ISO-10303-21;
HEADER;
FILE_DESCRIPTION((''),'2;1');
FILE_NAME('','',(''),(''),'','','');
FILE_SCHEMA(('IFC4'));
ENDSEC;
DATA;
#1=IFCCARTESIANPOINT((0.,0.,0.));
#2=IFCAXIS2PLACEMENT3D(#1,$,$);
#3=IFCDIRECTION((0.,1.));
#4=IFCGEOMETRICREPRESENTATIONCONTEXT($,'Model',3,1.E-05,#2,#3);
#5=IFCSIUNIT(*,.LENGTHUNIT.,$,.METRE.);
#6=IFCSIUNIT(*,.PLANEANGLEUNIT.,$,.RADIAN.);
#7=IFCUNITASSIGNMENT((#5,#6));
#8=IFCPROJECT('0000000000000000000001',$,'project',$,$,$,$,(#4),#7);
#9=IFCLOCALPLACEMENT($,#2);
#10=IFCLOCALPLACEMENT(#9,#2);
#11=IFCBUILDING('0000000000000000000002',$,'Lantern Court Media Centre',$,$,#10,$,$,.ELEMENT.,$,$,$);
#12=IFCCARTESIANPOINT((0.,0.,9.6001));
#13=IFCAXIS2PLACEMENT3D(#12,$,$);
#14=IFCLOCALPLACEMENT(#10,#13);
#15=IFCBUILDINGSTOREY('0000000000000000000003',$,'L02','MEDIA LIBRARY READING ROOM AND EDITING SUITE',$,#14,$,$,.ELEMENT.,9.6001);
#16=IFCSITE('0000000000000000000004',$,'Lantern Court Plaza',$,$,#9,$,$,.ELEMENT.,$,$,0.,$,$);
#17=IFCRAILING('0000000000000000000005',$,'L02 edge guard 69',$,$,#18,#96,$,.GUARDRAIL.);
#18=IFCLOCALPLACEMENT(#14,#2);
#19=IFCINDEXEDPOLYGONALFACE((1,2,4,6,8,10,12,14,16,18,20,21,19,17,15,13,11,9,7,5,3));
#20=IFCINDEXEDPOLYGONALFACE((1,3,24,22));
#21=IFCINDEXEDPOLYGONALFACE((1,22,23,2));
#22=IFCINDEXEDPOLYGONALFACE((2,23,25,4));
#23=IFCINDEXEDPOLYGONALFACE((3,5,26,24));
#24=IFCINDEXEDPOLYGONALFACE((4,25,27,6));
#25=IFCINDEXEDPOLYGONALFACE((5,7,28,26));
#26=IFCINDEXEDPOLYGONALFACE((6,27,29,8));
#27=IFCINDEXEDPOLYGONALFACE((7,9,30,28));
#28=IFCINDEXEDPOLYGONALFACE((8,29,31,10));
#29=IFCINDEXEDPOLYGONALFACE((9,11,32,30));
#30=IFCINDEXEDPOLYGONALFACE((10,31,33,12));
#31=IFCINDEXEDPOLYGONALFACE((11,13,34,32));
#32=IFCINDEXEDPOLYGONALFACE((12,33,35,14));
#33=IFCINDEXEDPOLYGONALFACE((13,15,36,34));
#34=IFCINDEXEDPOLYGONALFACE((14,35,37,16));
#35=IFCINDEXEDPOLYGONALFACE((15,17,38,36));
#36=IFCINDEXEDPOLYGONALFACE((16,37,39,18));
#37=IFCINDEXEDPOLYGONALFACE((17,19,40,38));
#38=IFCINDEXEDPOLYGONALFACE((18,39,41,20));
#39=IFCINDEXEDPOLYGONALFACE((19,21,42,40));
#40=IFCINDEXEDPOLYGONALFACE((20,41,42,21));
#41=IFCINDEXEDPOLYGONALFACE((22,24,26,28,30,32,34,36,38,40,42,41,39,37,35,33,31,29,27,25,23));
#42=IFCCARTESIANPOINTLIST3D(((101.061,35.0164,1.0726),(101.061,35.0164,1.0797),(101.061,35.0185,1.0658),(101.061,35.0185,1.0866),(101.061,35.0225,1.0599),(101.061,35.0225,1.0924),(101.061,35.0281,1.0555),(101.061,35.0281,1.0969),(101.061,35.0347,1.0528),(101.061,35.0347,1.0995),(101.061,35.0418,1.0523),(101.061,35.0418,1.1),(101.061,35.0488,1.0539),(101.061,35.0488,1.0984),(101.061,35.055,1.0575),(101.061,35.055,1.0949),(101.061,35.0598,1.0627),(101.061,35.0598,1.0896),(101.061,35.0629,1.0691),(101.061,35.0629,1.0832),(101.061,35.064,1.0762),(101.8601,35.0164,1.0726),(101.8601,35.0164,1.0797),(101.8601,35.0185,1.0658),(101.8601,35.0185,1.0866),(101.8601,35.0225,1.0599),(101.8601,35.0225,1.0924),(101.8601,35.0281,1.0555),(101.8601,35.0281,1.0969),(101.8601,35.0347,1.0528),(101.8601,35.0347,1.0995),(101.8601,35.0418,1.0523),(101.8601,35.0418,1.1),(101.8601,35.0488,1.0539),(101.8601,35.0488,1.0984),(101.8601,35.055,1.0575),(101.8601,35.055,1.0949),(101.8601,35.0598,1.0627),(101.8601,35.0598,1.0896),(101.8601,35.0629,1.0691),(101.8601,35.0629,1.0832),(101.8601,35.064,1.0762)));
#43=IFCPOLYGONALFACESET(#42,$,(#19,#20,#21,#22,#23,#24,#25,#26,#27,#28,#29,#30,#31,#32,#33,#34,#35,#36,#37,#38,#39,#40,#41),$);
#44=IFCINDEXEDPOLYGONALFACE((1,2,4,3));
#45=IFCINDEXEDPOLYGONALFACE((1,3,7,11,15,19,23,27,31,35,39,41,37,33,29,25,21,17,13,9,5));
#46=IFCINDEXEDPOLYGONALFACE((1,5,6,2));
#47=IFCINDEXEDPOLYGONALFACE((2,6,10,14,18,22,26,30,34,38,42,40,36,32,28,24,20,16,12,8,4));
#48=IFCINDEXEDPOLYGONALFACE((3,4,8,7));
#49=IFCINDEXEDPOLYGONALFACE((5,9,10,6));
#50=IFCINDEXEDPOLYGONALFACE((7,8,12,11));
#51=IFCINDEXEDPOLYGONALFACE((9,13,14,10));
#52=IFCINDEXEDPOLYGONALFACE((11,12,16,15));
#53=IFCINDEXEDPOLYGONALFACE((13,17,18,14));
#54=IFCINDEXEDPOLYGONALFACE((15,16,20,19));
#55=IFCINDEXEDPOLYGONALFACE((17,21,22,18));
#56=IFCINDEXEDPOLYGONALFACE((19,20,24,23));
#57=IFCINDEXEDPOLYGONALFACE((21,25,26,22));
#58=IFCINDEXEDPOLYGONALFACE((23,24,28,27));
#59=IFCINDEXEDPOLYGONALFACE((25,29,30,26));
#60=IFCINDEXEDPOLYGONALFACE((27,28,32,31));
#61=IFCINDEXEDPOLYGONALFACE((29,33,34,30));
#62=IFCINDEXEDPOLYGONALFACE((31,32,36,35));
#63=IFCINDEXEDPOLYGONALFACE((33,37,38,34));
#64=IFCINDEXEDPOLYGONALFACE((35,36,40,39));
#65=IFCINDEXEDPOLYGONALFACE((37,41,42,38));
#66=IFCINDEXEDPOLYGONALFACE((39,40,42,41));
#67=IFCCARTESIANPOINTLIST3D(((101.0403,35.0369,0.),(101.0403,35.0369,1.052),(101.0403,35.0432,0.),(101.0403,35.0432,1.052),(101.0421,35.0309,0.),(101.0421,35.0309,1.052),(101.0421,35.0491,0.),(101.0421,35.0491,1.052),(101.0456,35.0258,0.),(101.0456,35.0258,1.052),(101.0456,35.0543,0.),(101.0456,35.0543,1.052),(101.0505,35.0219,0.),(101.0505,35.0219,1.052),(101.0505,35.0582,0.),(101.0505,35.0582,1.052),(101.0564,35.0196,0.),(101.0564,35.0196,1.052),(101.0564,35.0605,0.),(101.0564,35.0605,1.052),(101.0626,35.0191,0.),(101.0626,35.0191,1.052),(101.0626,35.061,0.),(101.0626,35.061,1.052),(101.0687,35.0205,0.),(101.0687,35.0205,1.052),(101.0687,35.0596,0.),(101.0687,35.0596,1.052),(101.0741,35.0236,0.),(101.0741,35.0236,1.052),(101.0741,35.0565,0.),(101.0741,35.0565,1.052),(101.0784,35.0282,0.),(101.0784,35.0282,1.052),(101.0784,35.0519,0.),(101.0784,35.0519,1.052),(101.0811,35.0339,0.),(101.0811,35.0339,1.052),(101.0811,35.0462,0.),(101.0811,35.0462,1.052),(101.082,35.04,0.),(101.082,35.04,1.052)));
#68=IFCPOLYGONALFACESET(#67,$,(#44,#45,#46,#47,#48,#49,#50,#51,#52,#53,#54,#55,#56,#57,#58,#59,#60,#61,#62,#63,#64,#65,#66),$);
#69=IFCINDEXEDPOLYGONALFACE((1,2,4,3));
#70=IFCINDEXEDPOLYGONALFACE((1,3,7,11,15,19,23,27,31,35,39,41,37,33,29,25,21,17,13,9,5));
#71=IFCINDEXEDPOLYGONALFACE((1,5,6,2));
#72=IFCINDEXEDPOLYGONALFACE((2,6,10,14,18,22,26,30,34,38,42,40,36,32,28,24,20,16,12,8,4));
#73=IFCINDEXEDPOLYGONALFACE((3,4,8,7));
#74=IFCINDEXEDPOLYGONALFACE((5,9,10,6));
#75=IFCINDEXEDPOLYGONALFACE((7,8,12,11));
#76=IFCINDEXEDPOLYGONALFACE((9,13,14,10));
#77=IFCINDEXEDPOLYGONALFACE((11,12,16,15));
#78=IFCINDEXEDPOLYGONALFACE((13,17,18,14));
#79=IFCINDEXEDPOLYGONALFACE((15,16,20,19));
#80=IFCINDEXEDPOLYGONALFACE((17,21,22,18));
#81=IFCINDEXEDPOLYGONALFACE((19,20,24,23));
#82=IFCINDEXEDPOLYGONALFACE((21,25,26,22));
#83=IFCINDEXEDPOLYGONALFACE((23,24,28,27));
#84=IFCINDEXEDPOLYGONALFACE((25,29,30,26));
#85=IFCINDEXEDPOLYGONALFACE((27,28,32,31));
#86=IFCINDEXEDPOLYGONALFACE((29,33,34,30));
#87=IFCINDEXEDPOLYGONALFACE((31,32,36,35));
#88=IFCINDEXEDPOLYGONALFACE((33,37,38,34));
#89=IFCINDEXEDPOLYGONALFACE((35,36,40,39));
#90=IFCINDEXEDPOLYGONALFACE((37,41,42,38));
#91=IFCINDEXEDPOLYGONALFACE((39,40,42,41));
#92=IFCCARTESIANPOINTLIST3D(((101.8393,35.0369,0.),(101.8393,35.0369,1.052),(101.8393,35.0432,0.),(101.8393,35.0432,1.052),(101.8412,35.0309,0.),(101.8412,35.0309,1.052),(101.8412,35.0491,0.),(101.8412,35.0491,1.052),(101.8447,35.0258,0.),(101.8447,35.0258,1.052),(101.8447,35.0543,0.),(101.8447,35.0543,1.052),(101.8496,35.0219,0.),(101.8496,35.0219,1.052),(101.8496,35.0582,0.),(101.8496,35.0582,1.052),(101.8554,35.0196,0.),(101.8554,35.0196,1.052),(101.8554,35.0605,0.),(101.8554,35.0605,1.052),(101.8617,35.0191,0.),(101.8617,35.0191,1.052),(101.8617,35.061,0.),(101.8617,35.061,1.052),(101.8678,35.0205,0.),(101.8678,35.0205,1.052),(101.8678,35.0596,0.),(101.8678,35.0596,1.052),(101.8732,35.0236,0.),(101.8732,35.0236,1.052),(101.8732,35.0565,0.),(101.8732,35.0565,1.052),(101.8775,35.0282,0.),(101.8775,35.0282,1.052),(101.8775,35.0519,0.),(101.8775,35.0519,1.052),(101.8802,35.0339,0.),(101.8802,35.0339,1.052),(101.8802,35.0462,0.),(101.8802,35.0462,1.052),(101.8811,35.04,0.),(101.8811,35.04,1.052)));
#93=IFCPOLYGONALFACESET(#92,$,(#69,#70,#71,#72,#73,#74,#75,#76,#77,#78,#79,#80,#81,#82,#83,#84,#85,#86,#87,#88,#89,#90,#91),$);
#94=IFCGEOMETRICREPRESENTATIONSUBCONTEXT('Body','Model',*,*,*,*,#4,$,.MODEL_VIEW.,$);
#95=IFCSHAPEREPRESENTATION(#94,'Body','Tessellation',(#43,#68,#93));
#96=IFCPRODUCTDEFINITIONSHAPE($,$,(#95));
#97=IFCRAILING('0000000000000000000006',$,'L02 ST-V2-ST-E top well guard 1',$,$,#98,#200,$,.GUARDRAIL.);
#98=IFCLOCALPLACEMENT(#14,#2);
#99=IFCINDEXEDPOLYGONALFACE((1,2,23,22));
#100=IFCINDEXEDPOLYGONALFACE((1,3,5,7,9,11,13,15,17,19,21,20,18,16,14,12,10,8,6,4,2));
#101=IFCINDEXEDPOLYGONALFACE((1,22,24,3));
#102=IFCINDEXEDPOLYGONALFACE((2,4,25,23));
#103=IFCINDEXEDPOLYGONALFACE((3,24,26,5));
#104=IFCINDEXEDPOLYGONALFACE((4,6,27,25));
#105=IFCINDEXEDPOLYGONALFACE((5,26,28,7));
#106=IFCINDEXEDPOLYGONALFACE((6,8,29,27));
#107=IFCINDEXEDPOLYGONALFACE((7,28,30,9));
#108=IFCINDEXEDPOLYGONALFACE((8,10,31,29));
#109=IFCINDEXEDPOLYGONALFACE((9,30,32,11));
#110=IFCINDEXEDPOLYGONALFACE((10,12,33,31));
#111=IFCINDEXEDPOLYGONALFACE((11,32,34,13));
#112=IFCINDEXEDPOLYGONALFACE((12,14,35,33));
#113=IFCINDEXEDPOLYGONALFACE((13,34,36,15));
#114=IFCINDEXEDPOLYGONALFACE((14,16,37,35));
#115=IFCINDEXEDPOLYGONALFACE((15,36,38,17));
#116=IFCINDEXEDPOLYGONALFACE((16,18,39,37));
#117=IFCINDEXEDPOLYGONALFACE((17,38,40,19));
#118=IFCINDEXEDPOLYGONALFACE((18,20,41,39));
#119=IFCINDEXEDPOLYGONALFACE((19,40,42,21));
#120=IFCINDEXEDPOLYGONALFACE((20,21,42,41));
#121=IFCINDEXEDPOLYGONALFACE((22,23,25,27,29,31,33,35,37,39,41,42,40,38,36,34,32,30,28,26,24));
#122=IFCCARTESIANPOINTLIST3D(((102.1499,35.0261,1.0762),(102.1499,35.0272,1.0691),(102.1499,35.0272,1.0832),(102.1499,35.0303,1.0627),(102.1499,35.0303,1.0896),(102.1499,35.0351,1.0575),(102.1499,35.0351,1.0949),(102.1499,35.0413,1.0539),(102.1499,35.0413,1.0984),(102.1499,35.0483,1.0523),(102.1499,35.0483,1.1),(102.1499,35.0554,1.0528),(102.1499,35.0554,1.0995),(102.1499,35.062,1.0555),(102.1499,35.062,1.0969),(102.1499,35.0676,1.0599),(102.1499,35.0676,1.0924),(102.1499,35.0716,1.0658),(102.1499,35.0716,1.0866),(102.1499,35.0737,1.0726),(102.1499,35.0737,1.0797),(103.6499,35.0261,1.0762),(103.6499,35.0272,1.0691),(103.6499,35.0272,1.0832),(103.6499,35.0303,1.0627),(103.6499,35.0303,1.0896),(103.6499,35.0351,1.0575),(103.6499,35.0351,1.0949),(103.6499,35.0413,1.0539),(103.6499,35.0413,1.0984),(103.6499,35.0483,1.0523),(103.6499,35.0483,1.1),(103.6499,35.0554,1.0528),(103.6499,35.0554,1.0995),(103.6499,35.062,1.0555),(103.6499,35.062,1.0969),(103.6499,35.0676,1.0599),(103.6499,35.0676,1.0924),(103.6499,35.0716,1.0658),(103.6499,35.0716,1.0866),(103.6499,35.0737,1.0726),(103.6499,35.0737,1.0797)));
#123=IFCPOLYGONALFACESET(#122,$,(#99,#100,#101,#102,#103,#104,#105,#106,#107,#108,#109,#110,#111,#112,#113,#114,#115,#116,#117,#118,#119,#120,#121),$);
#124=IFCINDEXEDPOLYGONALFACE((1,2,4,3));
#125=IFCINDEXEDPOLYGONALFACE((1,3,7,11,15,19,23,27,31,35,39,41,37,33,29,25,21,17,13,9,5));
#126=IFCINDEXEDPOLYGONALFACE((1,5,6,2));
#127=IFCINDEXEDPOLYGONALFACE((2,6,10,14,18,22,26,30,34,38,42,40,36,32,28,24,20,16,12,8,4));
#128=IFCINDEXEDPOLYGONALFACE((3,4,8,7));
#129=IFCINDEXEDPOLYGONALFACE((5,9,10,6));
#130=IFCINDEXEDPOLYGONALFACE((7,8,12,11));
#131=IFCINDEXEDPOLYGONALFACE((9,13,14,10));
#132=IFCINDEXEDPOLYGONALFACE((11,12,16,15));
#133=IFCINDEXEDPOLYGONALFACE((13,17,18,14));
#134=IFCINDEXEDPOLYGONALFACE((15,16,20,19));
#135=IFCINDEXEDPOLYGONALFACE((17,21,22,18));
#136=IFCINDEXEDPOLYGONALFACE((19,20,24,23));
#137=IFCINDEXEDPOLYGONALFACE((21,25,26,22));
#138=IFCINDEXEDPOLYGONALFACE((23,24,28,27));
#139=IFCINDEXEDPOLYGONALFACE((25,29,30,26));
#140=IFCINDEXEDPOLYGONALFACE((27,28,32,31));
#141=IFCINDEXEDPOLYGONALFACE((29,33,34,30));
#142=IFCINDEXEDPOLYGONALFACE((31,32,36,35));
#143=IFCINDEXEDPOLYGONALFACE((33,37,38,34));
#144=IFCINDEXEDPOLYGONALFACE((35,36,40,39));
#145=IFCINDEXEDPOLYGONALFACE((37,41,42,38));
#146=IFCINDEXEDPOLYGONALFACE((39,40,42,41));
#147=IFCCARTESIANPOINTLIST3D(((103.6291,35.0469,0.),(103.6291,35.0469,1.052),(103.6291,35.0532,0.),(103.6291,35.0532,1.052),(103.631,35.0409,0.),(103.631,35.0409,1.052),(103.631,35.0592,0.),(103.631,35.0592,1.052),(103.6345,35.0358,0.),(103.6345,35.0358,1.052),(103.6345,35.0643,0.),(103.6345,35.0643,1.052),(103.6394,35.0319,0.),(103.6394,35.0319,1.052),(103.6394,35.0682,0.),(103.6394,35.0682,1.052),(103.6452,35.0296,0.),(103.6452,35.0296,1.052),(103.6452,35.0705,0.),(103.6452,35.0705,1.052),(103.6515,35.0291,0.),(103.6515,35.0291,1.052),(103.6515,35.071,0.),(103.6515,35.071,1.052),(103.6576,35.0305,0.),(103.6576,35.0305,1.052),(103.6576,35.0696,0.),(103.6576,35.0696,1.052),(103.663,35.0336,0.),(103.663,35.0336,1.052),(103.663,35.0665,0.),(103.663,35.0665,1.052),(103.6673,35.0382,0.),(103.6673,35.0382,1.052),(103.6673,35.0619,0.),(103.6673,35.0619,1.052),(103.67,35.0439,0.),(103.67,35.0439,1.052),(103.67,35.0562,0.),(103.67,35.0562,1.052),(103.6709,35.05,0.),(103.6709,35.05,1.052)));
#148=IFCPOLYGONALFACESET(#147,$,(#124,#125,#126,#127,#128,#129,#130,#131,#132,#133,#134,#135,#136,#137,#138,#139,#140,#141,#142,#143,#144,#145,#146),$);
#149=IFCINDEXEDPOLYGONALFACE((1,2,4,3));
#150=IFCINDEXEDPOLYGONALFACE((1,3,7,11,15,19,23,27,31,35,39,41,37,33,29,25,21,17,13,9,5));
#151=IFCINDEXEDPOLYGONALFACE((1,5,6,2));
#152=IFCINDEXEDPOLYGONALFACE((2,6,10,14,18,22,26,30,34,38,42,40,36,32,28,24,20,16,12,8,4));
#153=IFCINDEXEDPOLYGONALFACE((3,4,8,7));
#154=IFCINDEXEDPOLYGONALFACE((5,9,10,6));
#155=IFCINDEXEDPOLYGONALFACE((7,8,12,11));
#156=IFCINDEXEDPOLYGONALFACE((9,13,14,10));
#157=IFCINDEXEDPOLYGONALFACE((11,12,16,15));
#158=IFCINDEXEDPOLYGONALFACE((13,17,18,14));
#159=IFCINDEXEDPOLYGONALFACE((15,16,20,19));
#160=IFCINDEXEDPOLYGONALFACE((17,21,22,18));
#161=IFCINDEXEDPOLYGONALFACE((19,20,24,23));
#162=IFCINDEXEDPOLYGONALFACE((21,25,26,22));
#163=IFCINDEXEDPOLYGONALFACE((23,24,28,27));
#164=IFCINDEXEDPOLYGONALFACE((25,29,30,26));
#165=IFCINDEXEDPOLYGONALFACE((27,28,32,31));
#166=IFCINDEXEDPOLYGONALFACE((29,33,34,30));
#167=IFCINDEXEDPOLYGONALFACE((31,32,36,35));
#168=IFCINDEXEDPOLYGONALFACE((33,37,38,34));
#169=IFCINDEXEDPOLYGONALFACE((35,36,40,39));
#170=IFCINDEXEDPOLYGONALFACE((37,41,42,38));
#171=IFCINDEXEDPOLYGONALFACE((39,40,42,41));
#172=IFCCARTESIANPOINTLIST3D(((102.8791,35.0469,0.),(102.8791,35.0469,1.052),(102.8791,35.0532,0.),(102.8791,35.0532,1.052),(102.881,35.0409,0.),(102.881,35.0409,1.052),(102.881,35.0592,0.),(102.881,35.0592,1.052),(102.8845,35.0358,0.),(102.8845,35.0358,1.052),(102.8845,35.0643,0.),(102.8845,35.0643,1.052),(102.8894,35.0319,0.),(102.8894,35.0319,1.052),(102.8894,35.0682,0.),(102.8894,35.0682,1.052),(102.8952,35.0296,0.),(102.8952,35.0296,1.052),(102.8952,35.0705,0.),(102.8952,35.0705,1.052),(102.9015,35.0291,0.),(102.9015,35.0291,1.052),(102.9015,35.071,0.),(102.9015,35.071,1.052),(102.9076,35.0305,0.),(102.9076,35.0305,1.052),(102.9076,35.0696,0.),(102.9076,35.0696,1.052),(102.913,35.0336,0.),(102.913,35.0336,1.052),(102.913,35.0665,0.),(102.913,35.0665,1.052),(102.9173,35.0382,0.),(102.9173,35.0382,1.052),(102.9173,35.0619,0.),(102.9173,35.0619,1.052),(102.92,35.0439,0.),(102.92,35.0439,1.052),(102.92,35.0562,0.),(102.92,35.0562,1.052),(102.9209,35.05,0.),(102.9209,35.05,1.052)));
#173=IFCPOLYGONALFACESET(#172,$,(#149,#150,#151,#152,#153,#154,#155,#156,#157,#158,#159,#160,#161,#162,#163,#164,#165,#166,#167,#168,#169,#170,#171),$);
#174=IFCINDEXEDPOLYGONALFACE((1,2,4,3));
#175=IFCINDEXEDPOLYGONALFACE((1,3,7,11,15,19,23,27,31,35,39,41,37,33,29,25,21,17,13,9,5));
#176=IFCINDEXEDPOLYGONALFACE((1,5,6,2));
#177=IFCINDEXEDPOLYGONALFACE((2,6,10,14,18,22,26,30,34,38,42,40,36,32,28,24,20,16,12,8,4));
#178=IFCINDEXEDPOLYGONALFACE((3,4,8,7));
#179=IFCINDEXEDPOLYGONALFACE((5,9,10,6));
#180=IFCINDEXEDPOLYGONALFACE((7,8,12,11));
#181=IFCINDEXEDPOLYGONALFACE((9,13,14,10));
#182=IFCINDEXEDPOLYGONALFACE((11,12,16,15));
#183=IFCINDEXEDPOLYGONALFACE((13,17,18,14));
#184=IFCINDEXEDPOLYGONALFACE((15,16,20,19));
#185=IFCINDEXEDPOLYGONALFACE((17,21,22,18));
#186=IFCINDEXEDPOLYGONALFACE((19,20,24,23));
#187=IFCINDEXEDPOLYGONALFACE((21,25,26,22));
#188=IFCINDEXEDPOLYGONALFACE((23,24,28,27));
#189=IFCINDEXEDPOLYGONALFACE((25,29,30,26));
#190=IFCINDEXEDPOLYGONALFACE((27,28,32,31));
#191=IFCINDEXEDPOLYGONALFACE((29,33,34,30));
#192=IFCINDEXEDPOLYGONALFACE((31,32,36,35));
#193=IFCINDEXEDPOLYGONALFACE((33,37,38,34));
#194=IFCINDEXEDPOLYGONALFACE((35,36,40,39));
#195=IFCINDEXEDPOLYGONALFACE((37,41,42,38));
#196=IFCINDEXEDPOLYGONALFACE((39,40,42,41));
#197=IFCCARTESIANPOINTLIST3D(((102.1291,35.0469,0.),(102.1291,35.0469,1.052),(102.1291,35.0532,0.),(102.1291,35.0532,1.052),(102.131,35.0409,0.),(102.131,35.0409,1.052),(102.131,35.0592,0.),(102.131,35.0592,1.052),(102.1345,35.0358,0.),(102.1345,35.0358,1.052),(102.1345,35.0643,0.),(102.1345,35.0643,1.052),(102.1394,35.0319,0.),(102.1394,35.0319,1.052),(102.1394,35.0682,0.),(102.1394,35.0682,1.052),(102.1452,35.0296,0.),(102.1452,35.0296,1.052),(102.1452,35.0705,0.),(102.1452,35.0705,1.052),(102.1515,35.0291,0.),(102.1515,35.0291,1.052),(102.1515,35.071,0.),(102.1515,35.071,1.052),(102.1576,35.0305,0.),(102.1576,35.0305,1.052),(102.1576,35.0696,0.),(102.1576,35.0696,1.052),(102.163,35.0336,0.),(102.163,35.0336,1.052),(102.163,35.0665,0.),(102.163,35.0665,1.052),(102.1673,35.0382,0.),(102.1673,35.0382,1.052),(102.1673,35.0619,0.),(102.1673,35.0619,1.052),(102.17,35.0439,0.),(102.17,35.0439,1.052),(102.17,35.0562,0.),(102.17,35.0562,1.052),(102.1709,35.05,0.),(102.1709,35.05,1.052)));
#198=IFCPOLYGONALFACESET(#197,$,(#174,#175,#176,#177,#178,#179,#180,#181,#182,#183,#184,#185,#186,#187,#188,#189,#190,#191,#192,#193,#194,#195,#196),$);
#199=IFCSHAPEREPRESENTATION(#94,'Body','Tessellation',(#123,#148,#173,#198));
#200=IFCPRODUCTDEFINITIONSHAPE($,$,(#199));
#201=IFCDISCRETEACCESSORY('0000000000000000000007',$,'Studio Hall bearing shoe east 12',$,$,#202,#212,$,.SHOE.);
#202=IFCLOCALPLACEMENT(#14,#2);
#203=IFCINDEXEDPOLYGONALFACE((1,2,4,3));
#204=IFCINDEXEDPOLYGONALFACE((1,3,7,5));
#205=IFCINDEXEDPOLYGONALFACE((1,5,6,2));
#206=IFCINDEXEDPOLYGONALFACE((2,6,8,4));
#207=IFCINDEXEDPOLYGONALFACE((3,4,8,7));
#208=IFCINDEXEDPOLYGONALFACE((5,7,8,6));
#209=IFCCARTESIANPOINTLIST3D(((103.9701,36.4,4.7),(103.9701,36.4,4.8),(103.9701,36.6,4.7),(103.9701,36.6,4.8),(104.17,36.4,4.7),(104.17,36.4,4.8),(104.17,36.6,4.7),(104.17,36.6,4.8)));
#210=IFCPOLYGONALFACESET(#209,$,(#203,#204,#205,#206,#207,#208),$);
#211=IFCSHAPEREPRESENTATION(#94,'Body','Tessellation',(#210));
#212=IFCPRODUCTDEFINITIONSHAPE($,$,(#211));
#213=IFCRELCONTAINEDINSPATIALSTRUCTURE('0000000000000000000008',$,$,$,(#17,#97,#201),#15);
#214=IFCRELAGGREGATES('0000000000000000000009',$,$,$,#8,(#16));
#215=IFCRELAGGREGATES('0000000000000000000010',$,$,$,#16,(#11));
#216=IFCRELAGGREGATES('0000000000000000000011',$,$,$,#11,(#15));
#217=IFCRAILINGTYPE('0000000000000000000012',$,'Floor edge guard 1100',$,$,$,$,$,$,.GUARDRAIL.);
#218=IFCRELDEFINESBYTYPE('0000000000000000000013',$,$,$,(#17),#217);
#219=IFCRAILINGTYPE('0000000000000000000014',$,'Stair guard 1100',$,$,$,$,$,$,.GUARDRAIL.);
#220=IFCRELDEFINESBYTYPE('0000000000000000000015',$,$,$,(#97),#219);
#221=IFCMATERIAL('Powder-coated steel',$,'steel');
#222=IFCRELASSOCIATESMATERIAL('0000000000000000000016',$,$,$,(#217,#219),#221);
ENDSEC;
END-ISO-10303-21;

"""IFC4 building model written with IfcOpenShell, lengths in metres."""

from ifc_helpers import new_model, si_unit, direction, frame, origin, origin_2d, place, context, subcontext, project, spatial, rectangle, circle, extrude, material, type_object, element, save


model = new_model("IFC4")

# Units and contexts
model_context = context("Model", 3, precision=1e-05, world=origin(), true_north=direction((0.0, 1.0)))
body_context = subcontext(model_context, "Body", "Model", "MODEL_VIEW")
ifc_project = project(units=[si_unit("LENGTHUNIT", "METRE"), si_unit("PLANEANGLEUNIT", "RADIAN")], contexts=[model_context])

# Site, building, storey
site_placement = place(None, origin())
site = spatial("IfcSite", under=ifc_project, at=site_placement, Name="Lantern Court Plaza", CompositionType="ELEMENT", RefElevation=0.0)
building_placement = place(site_placement, origin())
building = spatial("IfcBuilding", under=site, at=building_placement, Name="Lantern Court Media Centre", CompositionType="ELEMENT")
storey_placement = place(building_placement, frame((0.0, 0.0, 9.6001)))
storey = spatial("IfcBuildingStorey", under=building, at=storey_placement, Name="L02", Description="MEDIA LIBRARY READING ROOM AND EDITING SUITE", CompositionType="ELEMENT", Elevation=9.6001)

# Railings
ifc_material_1 = material(Name="Powder-coated steel", Category="steel")
railing_type_1 = type_object("IfcRailingType", Name="Floor edge guard 1100", PredefinedType="GUARDRAIL", material=ifc_material_1)
railing_1_placement = place(storey_placement, frame((101.061, 35.04, 0.0)))
element("IfcRailing", 1, at=railing_1_placement, inside=storey, type_object=railing_type_1, Name="L02 edge guard 69", PredefinedType="GUARDRAIL", context=body_context, shape_type="SweptSolid", body=[
    extrude(circle(Radius=0.0239, at=origin_2d()), frame((0.0, 0.0, 1.0762), z_axis=(1.0, 0.0, 0.0), x_axis=(0.0, 1.0, 0.0)), (0.0, 0.0, 1.0), 0.7991),
    extrude(circle(Radius=0.021, at=origin_2d()), origin(), (0.0, 0.0, 1.0), 1.052),
    extrude(circle(Radius=0.021, at=origin_2d()), frame((0.7991, 0.0, 0.0)), (0.0, 0.0, 1.0), 1.052),
])
railing_type_2 = type_object("IfcRailingType", Name="Stair guard 1100", PredefinedType="GUARDRAIL", material=ifc_material_1)
railing_2_placement = place(storey_placement, frame((103.6499, 35.05, 0.0)))
element("IfcRailing", 2, at=railing_2_placement, inside=storey, type_object=railing_type_2, Name="L02 ST-V2-ST-E top well guard 1", PredefinedType="GUARDRAIL", context=body_context, shape_type="SweptSolid", body=[
    extrude(circle(Radius=0.0239, at=origin_2d()), frame((0.0, 0.0, 1.0762), z_axis=(-1.0, 0.0, 0.0), x_axis=(0.0, -1.0, 0.0)), (0.0, 0.0, 1.0), 1.5),
    extrude(circle(Radius=0.021, at=origin_2d()), origin(), (0.0, 0.0, 1.0), 1.052),
    extrude(circle(Radius=0.021, at=origin_2d()), frame((-0.75, 0.0, 0.0)), (0.0, 0.0, 1.0), 1.052),
    extrude(circle(Radius=0.021, at=origin_2d()), frame((-1.5, 0.0, 0.0)), (0.0, 0.0, 1.0), 1.052),
])

# Discrete accessory
discrete_accessory_placement = place(storey_placement, frame((104.0701, 36.5, 4.7), z_axis=(0.0, 0.0, 1.0), x_axis=(1.0, 0.0, 0.0)))
element("IfcDiscreteAccessory", 3, at=discrete_accessory_placement, inside=storey, Name="Studio Hall bearing shoe east 12", PredefinedType="SHOE", context=body_context, shape_type="SweptSolid", body=[
    extrude(rectangle(XDim=0.2, YDim=0.2, at=origin_2d()), origin(), (0.0, 0.0, 1.0), 0.1001),
])

save(model, "model.ifc")
